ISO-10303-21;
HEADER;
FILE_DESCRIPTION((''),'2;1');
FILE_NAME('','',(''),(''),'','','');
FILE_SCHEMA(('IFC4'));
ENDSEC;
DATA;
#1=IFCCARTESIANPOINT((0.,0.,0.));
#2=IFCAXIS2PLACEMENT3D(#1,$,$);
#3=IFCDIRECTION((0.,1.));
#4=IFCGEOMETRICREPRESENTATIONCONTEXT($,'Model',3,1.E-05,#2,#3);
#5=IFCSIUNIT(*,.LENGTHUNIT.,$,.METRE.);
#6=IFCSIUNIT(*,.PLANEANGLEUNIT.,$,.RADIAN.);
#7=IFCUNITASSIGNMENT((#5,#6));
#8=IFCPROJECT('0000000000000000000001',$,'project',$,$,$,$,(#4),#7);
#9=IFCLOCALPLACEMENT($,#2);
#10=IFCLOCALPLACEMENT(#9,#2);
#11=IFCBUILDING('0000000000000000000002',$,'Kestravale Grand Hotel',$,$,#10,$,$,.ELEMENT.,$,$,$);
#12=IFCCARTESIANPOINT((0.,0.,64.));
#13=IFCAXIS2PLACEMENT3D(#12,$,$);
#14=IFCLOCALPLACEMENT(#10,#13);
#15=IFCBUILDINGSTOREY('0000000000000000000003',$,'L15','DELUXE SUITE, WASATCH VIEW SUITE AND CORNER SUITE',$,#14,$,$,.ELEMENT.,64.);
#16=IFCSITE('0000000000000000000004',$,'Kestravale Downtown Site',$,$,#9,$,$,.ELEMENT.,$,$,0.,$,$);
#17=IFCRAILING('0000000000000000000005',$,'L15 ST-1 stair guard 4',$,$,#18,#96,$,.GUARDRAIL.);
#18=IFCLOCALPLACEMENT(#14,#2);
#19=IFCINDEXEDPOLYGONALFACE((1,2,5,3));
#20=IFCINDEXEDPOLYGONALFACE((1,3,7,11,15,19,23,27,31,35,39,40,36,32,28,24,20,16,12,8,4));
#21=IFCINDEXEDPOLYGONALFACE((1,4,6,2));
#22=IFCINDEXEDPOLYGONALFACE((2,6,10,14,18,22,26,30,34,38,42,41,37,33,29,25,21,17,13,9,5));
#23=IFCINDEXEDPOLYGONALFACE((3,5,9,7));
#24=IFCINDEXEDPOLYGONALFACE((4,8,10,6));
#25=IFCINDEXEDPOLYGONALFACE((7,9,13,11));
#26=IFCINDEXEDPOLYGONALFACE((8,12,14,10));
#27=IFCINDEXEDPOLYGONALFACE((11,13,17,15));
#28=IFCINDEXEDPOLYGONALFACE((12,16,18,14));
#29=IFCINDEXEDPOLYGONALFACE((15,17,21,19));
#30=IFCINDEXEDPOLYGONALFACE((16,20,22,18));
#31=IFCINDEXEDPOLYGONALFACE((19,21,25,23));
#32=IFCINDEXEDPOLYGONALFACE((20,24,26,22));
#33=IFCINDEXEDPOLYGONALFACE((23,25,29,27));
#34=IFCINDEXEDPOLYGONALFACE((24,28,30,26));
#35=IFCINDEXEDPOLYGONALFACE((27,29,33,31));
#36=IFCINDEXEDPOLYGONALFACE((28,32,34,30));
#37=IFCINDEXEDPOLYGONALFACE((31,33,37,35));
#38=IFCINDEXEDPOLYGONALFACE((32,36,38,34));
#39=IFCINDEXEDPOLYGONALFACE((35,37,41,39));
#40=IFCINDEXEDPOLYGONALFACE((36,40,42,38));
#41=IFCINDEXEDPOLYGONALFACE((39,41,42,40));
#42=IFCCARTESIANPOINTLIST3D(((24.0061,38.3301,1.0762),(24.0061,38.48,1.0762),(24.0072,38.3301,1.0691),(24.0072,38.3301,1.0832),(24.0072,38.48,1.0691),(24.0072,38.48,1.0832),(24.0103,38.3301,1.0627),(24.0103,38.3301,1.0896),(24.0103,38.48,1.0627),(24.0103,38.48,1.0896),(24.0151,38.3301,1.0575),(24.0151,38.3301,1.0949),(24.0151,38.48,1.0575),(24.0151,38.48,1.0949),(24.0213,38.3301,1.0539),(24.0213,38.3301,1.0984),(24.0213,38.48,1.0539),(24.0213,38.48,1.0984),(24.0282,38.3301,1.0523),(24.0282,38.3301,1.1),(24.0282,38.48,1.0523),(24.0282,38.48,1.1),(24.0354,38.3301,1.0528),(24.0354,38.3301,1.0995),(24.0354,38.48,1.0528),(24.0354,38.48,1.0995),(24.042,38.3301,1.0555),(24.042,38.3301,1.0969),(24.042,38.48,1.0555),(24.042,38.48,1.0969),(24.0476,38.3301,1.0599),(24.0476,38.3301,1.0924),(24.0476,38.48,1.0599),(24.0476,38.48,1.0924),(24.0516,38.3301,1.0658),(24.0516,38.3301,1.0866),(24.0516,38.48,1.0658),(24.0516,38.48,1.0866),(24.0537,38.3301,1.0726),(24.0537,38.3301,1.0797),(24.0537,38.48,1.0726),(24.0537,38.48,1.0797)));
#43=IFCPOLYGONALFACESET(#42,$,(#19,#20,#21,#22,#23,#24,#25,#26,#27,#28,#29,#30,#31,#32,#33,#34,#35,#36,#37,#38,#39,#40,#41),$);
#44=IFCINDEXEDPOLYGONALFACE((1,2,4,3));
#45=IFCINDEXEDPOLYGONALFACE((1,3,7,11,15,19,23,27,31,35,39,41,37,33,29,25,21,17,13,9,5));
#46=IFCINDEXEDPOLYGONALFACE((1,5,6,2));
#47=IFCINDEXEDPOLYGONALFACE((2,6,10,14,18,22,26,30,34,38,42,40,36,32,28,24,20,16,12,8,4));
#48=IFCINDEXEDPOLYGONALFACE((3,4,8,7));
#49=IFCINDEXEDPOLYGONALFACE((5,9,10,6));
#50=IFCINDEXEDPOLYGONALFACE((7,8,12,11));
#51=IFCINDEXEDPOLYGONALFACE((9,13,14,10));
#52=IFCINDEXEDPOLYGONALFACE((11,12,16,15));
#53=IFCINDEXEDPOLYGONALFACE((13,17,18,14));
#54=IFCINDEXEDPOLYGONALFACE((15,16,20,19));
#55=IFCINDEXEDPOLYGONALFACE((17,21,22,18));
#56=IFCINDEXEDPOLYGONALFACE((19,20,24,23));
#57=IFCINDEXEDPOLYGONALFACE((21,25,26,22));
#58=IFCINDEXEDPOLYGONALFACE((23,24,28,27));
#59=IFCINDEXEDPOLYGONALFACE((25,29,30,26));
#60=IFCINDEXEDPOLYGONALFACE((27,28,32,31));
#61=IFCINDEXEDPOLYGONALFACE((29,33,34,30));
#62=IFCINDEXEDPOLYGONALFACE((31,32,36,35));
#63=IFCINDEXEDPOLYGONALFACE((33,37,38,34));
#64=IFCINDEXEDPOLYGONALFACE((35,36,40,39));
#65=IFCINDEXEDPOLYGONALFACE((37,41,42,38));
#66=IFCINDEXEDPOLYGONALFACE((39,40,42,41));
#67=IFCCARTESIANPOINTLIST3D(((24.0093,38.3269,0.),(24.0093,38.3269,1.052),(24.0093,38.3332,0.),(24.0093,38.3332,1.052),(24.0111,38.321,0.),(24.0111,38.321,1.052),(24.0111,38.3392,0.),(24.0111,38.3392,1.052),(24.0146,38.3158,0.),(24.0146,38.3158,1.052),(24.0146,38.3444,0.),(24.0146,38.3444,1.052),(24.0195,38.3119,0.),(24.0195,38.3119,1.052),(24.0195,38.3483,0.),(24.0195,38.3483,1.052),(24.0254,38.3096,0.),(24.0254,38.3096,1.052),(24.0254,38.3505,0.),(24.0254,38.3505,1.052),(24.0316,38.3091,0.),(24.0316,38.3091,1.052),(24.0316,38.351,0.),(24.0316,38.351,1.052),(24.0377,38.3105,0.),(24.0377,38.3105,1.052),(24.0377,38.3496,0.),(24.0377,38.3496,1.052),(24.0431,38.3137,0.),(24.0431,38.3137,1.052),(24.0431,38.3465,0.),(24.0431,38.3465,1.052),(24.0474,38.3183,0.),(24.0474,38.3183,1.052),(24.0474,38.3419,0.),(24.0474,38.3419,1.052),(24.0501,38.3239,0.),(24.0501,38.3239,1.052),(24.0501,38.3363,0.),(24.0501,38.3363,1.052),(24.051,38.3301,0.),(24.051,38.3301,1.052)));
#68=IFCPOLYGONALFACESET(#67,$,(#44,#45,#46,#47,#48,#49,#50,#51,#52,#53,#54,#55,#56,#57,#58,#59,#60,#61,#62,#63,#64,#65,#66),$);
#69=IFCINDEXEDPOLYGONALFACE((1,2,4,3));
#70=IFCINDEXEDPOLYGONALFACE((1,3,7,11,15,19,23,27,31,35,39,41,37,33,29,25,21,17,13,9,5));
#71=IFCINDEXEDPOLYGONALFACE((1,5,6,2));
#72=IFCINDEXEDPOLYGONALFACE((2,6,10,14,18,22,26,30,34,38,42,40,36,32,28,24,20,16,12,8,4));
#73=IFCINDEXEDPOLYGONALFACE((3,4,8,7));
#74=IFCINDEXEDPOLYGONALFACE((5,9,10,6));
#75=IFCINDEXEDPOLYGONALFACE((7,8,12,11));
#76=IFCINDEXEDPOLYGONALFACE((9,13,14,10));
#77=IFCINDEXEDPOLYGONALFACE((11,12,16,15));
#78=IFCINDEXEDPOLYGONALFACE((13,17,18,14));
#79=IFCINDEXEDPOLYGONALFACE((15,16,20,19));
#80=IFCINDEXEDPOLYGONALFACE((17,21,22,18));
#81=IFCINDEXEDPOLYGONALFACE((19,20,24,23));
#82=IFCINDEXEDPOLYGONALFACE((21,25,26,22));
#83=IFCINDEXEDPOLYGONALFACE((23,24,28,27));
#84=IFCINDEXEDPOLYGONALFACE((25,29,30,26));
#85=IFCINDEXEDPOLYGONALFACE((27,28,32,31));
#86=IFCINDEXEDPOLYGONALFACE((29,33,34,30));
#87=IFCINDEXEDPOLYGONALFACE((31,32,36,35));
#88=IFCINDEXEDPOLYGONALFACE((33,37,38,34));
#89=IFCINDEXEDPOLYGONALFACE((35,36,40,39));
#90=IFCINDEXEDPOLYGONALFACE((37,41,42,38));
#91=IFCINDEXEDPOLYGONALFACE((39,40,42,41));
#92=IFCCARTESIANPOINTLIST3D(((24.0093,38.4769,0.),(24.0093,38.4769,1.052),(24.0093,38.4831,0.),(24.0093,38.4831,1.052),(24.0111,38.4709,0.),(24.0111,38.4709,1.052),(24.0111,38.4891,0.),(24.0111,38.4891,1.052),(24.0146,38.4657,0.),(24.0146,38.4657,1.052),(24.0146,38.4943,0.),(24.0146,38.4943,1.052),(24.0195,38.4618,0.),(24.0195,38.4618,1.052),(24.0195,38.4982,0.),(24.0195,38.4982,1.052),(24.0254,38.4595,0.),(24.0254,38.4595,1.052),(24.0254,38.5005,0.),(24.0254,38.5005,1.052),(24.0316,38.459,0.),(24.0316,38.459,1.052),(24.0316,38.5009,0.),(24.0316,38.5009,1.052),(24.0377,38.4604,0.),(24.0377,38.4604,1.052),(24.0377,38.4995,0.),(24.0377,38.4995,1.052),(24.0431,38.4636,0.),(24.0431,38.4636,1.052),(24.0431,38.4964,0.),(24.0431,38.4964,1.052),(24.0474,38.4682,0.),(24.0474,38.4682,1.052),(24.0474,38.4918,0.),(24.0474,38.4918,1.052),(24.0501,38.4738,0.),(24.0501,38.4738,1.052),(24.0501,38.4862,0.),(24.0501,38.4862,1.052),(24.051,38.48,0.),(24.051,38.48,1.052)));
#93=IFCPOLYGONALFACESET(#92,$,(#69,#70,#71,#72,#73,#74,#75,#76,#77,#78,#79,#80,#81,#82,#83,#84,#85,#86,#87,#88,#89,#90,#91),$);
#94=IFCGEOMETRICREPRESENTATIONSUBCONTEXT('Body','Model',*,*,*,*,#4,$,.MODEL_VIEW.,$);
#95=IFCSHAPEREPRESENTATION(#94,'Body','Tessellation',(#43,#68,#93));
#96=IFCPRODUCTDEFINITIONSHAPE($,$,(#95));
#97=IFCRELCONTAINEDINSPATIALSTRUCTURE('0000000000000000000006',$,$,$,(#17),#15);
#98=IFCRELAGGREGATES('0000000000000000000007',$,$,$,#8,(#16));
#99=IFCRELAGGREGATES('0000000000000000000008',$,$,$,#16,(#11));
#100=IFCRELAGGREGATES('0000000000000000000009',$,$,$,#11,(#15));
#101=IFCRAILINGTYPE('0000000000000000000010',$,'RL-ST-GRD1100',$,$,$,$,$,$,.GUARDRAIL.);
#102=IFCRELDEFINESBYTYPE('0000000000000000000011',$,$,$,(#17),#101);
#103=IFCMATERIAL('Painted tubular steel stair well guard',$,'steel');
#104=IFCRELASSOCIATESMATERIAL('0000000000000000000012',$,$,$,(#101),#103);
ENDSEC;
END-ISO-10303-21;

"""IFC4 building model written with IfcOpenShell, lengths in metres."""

from ifc_helpers import new_model, si_unit, direction, frame, origin, origin_2d, place, context, subcontext, project, spatial, circle, extrude, material, type_object, element, save


model = new_model("IFC4")

# Units and contexts
model_context = context("Model", 3, precision=1e-05, world=origin(), true_north=direction((0.0, 1.0)))
body_context = subcontext(model_context, "Body", "Model", "MODEL_VIEW")
ifc_project = project(units=[si_unit("LENGTHUNIT", "METRE"), si_unit("PLANEANGLEUNIT", "RADIAN")], contexts=[model_context])

# Site, building, storey
site_placement = place(None, origin())
site = spatial("IfcSite", under=ifc_project, at=site_placement, Name="Kestravale Downtown Site", CompositionType="ELEMENT", RefElevation=0.0)
building_placement = place(site_placement, origin())
building = spatial("IfcBuilding", under=site, at=building_placement, Name="Kestravale Grand Hotel", CompositionType="ELEMENT")
storey_placement = place(building_placement, frame((0.0, 0.0, 64.0)))
storey = spatial("IfcBuildingStorey", under=building, at=storey_placement, Name="L15", Description="DELUXE SUITE, WASATCH VIEW SUITE AND CORNER SUITE", CompositionType="ELEMENT", Elevation=64.0)

# Railing
ifc_material_1 = material(Name="Painted tubular steel stair well guard", Category="steel")
railing_type_1 = type_object("IfcRailingType", Name="RL-ST-GRD1100", PredefinedType="GUARDRAIL", material=ifc_material_1)
railing_1_placement = place(storey_placement, frame((24.03, 38.3301, 0.0)))
element("IfcRailing", 1, at=railing_1_placement, inside=storey, type_object=railing_type_1, Name="L15 ST-1 stair guard 4", PredefinedType="GUARDRAIL", context=body_context, shape_type="SweptSolid", body=[
    extrude(circle(Radius=0.0239, at=origin_2d()), frame((0.0, 0.0, 1.0762), z_axis=(0.0, 1.0, 0.0), x_axis=(-1.0, 0.0, 0.0)), (0.0, 0.0, 1.0), 0.1499),
    extrude(circle(Radius=0.021, at=origin_2d()), origin(), (0.0, 0.0, 1.0), 1.052),
    extrude(circle(Radius=0.021, at=origin_2d()), frame((0.0, 0.1499, 0.0)), (0.0, 0.0, 1.0), 1.052),
])

save(model, "model.ifc")
